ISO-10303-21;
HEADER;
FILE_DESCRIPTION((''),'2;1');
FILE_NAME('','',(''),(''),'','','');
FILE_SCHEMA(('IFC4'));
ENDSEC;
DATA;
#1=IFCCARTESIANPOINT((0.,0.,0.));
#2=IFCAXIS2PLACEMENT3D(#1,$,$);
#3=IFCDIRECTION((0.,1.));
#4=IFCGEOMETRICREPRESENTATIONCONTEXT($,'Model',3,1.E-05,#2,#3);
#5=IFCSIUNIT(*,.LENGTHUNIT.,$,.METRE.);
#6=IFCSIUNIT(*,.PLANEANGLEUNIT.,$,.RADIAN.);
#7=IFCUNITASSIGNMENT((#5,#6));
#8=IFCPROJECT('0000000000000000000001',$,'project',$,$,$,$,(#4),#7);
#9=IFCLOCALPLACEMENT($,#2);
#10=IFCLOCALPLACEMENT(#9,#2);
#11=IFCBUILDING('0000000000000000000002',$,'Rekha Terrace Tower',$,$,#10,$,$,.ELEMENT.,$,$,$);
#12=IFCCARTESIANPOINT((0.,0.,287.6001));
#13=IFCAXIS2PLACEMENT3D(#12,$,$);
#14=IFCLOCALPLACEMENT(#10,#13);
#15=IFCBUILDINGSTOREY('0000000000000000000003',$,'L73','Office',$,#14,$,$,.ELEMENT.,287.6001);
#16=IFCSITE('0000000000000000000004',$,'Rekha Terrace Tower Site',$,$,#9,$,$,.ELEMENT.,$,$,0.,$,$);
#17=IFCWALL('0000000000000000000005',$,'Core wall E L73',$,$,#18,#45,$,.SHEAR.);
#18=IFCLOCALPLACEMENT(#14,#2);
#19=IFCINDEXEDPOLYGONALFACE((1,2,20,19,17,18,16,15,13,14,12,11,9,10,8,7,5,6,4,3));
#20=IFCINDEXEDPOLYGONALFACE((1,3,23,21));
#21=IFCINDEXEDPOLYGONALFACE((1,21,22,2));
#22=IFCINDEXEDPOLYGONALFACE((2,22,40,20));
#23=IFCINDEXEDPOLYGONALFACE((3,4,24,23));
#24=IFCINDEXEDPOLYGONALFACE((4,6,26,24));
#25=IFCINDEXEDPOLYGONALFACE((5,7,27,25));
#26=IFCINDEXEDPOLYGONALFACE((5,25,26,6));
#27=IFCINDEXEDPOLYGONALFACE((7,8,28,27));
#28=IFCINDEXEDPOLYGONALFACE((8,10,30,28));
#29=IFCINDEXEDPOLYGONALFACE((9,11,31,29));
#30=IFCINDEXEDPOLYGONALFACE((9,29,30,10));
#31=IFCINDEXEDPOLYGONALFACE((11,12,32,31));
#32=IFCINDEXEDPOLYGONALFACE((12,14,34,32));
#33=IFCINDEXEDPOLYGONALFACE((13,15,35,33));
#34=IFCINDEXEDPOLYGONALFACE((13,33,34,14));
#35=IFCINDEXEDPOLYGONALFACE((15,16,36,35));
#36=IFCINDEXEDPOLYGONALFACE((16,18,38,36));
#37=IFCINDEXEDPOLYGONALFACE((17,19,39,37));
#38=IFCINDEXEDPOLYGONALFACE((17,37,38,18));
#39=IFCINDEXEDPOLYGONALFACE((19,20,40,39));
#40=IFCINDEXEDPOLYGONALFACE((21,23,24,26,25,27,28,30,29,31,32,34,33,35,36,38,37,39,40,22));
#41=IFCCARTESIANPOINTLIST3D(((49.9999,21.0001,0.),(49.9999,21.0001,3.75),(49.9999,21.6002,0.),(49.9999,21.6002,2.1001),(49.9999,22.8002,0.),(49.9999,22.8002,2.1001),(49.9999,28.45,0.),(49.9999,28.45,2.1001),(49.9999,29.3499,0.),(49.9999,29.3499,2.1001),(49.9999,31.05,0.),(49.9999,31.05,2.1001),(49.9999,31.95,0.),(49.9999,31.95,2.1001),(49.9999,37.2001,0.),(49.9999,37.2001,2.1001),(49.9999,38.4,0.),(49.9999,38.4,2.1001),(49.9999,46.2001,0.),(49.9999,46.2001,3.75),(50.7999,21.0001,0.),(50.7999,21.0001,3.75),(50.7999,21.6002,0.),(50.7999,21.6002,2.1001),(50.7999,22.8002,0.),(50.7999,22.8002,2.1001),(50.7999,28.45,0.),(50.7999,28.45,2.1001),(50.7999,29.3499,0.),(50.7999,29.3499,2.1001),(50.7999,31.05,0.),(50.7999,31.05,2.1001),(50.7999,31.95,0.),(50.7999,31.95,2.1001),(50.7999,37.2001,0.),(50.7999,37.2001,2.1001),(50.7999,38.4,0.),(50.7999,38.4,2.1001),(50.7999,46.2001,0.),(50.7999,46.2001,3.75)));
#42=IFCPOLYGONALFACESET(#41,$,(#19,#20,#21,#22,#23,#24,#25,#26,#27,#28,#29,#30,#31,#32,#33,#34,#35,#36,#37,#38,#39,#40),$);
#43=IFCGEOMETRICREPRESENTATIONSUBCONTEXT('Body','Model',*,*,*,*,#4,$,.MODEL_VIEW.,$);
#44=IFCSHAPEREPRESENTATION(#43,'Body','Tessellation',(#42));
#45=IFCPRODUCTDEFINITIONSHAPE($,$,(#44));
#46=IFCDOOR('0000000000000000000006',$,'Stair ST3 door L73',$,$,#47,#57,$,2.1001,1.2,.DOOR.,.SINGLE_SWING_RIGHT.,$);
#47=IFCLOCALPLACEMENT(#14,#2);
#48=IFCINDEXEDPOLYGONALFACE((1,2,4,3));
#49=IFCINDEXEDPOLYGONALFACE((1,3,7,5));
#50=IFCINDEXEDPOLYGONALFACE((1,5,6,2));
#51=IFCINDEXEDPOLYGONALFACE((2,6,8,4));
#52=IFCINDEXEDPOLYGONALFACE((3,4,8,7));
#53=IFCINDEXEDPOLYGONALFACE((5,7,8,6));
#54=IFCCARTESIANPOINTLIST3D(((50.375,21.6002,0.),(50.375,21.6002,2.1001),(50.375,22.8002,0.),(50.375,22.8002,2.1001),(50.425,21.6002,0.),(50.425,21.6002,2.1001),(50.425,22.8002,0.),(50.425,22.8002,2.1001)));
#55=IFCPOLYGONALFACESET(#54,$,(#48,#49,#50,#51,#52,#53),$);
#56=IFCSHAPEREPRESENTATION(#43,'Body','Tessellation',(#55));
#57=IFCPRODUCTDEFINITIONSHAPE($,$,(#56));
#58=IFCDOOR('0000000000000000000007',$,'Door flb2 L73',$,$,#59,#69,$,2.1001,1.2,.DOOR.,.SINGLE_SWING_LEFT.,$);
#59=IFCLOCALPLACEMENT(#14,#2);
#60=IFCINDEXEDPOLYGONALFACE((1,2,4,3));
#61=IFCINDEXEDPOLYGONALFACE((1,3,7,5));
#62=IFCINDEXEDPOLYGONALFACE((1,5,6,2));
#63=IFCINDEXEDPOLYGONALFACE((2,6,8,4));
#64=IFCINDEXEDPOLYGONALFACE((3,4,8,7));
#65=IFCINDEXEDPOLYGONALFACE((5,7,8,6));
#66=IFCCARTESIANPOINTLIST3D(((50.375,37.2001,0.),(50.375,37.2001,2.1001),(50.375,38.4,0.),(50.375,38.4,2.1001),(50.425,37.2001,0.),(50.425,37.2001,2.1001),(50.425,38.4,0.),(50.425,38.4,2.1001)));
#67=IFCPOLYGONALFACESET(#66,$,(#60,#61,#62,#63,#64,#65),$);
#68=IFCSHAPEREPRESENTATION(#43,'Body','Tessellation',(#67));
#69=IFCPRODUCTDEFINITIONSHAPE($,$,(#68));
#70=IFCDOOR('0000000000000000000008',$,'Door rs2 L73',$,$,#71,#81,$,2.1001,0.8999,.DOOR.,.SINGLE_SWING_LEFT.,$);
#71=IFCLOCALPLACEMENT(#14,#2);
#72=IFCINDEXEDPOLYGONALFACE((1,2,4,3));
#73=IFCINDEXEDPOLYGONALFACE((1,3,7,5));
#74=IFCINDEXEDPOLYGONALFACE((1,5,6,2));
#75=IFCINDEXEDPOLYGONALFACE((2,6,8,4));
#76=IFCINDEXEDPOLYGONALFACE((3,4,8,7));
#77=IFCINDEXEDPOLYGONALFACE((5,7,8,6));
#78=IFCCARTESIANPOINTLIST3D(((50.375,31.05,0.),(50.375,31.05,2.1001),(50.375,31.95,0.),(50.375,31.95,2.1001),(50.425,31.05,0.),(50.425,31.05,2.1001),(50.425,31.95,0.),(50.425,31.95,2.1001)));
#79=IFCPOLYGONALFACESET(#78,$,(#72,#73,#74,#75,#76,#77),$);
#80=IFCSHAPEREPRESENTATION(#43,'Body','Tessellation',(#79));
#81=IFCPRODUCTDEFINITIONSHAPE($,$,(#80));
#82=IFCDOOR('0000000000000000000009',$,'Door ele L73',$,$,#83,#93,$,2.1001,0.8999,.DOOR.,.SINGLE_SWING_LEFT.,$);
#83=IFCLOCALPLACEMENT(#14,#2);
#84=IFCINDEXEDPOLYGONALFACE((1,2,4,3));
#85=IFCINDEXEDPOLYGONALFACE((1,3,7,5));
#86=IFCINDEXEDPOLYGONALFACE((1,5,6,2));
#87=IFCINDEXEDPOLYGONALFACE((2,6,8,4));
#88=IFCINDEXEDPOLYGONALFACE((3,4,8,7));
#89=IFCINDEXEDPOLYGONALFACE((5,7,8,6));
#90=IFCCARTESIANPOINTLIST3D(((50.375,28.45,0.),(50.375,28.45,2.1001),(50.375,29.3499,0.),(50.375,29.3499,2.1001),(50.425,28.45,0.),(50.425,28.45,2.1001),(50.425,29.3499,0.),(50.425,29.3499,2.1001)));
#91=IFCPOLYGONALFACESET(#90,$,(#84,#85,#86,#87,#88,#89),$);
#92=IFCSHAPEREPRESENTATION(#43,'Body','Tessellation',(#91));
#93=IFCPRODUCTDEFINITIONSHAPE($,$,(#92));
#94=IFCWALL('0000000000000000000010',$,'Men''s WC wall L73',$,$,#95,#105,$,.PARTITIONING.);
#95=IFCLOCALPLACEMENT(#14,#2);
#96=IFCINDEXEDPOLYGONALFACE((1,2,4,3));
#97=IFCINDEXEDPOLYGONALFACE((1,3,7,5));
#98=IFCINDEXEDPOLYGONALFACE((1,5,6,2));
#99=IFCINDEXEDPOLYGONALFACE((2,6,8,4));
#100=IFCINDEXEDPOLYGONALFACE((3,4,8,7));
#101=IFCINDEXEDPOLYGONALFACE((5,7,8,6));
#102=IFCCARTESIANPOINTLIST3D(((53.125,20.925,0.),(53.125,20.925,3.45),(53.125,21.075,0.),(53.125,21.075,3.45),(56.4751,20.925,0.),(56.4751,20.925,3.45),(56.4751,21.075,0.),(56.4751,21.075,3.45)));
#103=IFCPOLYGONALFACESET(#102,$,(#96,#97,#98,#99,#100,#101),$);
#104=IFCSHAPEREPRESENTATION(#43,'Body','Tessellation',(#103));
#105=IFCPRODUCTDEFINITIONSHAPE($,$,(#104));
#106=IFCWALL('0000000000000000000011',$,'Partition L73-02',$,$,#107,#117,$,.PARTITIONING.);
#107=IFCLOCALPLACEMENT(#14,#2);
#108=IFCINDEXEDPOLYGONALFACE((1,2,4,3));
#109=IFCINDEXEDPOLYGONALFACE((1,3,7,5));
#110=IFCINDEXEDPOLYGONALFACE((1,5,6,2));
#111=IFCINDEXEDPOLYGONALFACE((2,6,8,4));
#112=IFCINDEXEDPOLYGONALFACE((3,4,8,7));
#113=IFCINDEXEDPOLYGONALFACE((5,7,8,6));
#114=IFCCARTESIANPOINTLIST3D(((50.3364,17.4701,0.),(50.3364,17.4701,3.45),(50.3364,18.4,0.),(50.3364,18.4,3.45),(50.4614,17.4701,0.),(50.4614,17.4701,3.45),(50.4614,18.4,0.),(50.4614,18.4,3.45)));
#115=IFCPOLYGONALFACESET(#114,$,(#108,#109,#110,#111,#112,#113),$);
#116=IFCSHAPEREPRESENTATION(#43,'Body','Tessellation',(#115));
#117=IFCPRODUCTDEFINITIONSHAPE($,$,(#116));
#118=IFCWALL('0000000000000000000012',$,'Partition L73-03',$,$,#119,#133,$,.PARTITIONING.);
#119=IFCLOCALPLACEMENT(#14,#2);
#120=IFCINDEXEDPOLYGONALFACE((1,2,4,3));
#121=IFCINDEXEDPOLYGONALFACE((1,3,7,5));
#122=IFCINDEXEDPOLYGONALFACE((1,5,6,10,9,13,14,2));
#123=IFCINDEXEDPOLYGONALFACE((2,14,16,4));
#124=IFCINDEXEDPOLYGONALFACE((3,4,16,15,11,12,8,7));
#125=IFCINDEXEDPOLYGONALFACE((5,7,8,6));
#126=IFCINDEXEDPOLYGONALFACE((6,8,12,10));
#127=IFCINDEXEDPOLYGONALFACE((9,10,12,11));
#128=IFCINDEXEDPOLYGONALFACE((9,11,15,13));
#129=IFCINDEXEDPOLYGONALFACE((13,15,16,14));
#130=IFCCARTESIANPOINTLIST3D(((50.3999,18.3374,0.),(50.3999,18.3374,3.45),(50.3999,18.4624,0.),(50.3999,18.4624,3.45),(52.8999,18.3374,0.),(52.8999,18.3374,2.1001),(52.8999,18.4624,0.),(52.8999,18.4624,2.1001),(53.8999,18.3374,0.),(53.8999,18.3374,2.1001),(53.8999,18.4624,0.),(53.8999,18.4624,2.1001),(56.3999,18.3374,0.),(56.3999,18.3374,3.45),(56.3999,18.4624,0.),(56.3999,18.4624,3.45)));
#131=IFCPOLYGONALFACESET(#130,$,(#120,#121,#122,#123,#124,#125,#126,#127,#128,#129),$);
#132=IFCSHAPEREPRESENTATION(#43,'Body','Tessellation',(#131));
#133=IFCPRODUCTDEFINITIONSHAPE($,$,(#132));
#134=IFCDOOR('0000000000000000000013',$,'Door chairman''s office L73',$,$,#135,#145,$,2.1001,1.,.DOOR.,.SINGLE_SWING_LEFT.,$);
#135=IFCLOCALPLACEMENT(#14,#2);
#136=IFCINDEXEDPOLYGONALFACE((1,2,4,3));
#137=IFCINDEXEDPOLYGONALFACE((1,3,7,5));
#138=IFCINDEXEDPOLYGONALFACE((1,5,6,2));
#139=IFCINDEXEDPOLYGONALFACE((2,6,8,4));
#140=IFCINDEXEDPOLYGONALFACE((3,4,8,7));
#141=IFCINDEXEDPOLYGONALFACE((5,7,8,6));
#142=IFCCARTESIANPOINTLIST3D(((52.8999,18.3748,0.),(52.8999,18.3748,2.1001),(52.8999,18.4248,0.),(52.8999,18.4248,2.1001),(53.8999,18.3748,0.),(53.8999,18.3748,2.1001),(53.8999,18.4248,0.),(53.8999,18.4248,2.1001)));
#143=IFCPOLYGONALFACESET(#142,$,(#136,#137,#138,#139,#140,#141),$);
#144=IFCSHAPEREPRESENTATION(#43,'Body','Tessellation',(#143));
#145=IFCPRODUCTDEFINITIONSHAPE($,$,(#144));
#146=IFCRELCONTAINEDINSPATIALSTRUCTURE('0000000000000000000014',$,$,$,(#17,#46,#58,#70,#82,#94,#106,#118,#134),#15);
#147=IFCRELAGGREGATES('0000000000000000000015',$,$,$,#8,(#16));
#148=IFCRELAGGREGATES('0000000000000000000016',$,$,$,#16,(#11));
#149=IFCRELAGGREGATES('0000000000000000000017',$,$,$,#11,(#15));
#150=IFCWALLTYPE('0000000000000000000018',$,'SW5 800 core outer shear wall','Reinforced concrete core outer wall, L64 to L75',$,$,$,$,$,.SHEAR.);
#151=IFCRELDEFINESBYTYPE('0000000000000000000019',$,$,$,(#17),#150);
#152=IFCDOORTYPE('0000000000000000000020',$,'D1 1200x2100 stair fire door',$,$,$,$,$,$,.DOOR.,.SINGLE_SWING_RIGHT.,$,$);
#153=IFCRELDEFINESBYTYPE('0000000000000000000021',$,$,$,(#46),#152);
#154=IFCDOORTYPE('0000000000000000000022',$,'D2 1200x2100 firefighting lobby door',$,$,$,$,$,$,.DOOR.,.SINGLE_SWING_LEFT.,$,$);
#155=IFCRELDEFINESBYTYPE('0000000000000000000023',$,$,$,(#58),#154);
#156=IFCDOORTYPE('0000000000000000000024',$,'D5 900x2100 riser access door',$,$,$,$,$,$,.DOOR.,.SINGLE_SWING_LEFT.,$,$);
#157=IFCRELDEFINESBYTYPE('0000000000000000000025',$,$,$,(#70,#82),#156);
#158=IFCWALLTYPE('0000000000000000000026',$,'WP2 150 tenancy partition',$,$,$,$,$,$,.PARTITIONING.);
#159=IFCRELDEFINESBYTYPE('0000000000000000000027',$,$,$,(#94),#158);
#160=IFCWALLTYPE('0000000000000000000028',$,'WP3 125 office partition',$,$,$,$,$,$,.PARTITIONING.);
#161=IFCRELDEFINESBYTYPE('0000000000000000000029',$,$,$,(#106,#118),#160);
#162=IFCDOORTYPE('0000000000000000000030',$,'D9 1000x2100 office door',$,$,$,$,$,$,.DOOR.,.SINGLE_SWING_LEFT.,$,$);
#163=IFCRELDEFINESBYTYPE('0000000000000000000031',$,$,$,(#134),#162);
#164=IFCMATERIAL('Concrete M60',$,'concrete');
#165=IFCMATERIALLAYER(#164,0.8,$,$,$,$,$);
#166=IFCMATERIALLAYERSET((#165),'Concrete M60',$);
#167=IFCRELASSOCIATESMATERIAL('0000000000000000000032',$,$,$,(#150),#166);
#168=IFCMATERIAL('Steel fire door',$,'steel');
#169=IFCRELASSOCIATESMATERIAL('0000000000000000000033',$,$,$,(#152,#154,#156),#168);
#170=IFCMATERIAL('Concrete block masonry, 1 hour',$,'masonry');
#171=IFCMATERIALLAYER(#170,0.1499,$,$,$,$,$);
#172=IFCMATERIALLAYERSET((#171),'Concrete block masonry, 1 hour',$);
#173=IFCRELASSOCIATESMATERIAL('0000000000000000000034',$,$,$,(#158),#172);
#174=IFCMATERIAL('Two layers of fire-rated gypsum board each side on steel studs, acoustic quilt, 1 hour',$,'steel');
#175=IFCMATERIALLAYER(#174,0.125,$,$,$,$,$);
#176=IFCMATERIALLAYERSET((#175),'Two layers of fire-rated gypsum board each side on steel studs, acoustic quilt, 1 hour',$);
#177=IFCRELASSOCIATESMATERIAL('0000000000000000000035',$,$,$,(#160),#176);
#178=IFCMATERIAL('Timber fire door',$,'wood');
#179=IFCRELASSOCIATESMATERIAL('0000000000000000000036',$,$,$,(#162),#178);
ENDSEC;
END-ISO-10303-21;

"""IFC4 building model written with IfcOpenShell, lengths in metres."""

from ifc_helpers import new_model, si_unit, direction, frame, frame_2d, origin, place, context, subcontext, project, spatial, rectangle, extrude, material, layer, layer_set, type_object, element, fill, save


model = new_model("IFC4")

# Units and contexts
model_context = context("Model", 3, precision=1e-05, world=origin(), true_north=direction((0.0, 1.0)))
body_context = subcontext(model_context, "Body", "Model", "MODEL_VIEW")
ifc_project = project(units=[si_unit("LENGTHUNIT", "METRE"), si_unit("PLANEANGLEUNIT", "RADIAN")], contexts=[model_context])

# Site, building, storey
site_placement = place(None, origin())
site = spatial("IfcSite", under=ifc_project, at=site_placement, Name="Rekha Terrace Tower Site", CompositionType="ELEMENT", RefElevation=0.0)
building_placement = place(site_placement, origin())
building = spatial("IfcBuilding", under=site, at=building_placement, Name="Rekha Terrace Tower", CompositionType="ELEMENT")
storey_placement = place(building_placement, frame((0.0, 0.0, 287.6001)))
storey = spatial("IfcBuildingStorey", under=building, at=storey_placement, Name="L73", Description="Office", CompositionType="ELEMENT", Elevation=287.6001)

# Shared definitions
ifc_material_1 = material(Name="Concrete M60", Category="concrete")

# Wall, openings, doors
ifc_layer_1 = layer(ifc_material_1, 0.8)
ifc_layer_set_1 = layer_set([ifc_layer_1], Name="Concrete M60")
wall_type_1 = type_object("IfcWallType", Name="SW5 800 core outer shear wall", Description="Reinforced concrete core outer wall, L64 to L75", PredefinedType="SHEAR", material=ifc_layer_set_1)
wall_1_placement = place(storey_placement, frame((50.3999, 21.0, 0.0), z_axis=(0.0, 0.0, 1.0), x_axis=(0.0, 1.0, 0.0)))
wall_1 = element("IfcWall", 1, at=wall_1_placement, inside=storey, type_object=wall_type_1, Name="Core wall E L73", PredefinedType="SHEAR", context=body_context, shape_type="SweptSolid", body=[
    extrude(rectangle(XDim=25.2, YDim=0.8, at=frame_2d((12.6001, 0.0))), origin(), (0.0, 0.0, 1.0), 3.75),
])
opening_1_placement = place(wall_1_placement, frame((16.2, 0.0, 0.0)))
opening_1 = element("IfcOpeningElement", 2, at=opening_1_placement, cuts=wall_1, PredefinedType="OPENING", context=body_context, shape_type="SweptSolid", body=[
    extrude(rectangle(XDim=1.2, YDim=2.1001, at=frame_2d((0.6001, 1.05))), frame((0.0, 0.4099, 0.0), z_axis=(0.0, -1.0, 0.0), x_axis=(1.0, 0.0, 0.0)), (0.0, 0.0, 1.0), 0.8201),
])
opening_2_placement = place(wall_1_placement, frame((10.05, 0.0, 0.0)))
opening_2 = element("IfcOpeningElement", 3, at=opening_2_placement, cuts=wall_1, PredefinedType="OPENING", context=body_context, shape_type="SweptSolid", body=[
    extrude(rectangle(XDim=0.8999, YDim=2.1001, at=frame_2d((0.45, 1.05))), frame((0.0, 0.4099, 0.0), z_axis=(0.0, -1.0, 0.0), x_axis=(1.0, 0.0, 0.0)), (0.0, 0.0, 1.0), 0.8201),
])
opening_3_placement = place(wall_1_placement, frame((7.45, 0.0, 0.0)))
opening_3 = element("IfcOpeningElement", 4, at=opening_3_placement, cuts=wall_1, PredefinedType="OPENING", context=body_context, shape_type="SweptSolid", body=[
    extrude(rectangle(XDim=0.8999, YDim=2.1001, at=frame_2d((0.45, 1.05))), frame((0.0, 0.4099, 0.0), z_axis=(0.0, -1.0, 0.0), x_axis=(1.0, 0.0, 0.0)), (0.0, 0.0, 1.0), 0.8201),
])
opening_4_placement = place(wall_1_placement, frame((0.6001, 0.0, 0.0)))
opening_4 = element("IfcOpeningElement", 5, at=opening_4_placement, cuts=wall_1, PredefinedType="OPENING", context=body_context, shape_type="SweptSolid", body=[
    extrude(rectangle(XDim=1.2, YDim=2.1001, at=frame_2d((0.6001, 1.05))), frame((0.0, 0.4099, 0.0), z_axis=(0.0, -1.0, 0.0), x_axis=(1.0, 0.0, 0.0)), (0.0, 0.0, 1.0), 0.8201),
])
ifc_material_2 = material(Name="Steel fire door", Category="steel")
door_type_1 = type_object("IfcDoorType", Name="D1 1200x2100 stair fire door", OperationType="SINGLE_SWING_RIGHT", PredefinedType="DOOR", material=ifc_material_2)
door_1_placement = place(opening_4_placement, origin())
door_1 = element("IfcDoor", 6, at=door_1_placement, inside=storey, type_object=door_type_1, Name="Stair ST3 door L73", OperationType="SINGLE_SWING_RIGHT", OverallHeight=2.1001, OverallWidth=1.2, PredefinedType="DOOR", context=body_context, shape_type="SweptSolid", body=[
    extrude(rectangle(XDim=1.2, YDim=2.1001, at=frame_2d((0.6001, 1.05))), frame((0.0, 0.0249, 0.0), z_axis=(0.0, -1.0, 0.0), x_axis=(1.0, 0.0, 0.0)), (0.0, 0.0, 1.0), 0.05),
])
fill(opening_4, door_1)
door_type_2 = type_object("IfcDoorType", Name="D2 1200x2100 firefighting lobby door", OperationType="SINGLE_SWING_LEFT", PredefinedType="DOOR", material=ifc_material_2)
door_2_placement = place(opening_1_placement, origin())
door_2 = element("IfcDoor", 7, at=door_2_placement, inside=storey, type_object=door_type_2, Name="Door flb2 L73", OperationType="SINGLE_SWING_LEFT", OverallHeight=2.1001, OverallWidth=1.2, PredefinedType="DOOR", context=body_context, shape_type="SweptSolid", body=[
    extrude(rectangle(XDim=1.2, YDim=2.1001, at=frame_2d((0.6001, 1.05))), frame((0.0, 0.0249, 0.0), z_axis=(0.0, -1.0, 0.0), x_axis=(1.0, 0.0, 0.0)), (0.0, 0.0, 1.0), 0.05),
])
fill(opening_1, door_2)
door_type_3 = type_object("IfcDoorType", Name="D5 900x2100 riser access door", OperationType="SINGLE_SWING_LEFT", PredefinedType="DOOR", material=ifc_material_2)
door_3_placement = place(opening_2_placement, origin())
door_3 = element("IfcDoor", 8, at=door_3_placement, inside=storey, type_object=door_type_3, Name="Door rs2 L73", OperationType="SINGLE_SWING_LEFT", OverallHeight=2.1001, OverallWidth=0.8999, PredefinedType="DOOR", context=body_context, shape_type="SweptSolid", body=[
    extrude(rectangle(XDim=0.8999, YDim=2.1001, at=frame_2d((0.45, 1.05))), frame((0.0, 0.0249, 0.0), z_axis=(0.0, -1.0, 0.0), x_axis=(1.0, 0.0, 0.0)), (0.0, 0.0, 1.0), 0.05),
])
fill(opening_2, door_3)
door_4_placement = place(opening_3_placement, origin())
door_4 = element("IfcDoor", 9, at=door_4_placement, inside=storey, type_object=door_type_3, Name="Door ele L73", OperationType="SINGLE_SWING_LEFT", OverallHeight=2.1001, OverallWidth=0.8999, PredefinedType="DOOR", context=body_context, shape_type="SweptSolid", body=[
    extrude(rectangle(XDim=0.8999, YDim=2.1001, at=frame_2d((0.45, 1.05))), frame((0.0, 0.0249, 0.0), z_axis=(0.0, -1.0, 0.0), x_axis=(1.0, 0.0, 0.0)), (0.0, 0.0, 1.0), 0.05),
])
fill(opening_3, door_4)

# Walls
ifc_material_3 = material(Name="Concrete block masonry, 1 hour", Category="masonry")
ifc_layer_2 = layer(ifc_material_3, 0.1499)
ifc_layer_set_2 = layer_set([ifc_layer_2], Name="Concrete block masonry, 1 hour")
wall_type_2 = type_object("IfcWallType", Name="WP2 150 tenancy partition", PredefinedType="PARTITIONING", material=ifc_layer_set_2)
wall_2_placement = place(storey_placement, frame((53.125, 21.0, 0.0), z_axis=(0.0, 0.0, 1.0), x_axis=(1.0, 0.0, 0.0)))
element("IfcWall", 10, at=wall_2_placement, inside=storey, type_object=wall_type_2, Name="Men's WC wall L73", PredefinedType="PARTITIONING", context=body_context, shape_type="SweptSolid", body=[
    extrude(rectangle(XDim=3.3501, YDim=0.1499, at=frame_2d((1.675, 0.0))), origin(), (0.0, 0.0, 1.0), 3.45),
])
ifc_material_4 = material(Name="Two layers of fire-rated gypsum board each side on steel studs, acoustic quilt, 1 hour", Category="steel")
ifc_layer_3 = layer(ifc_material_4, 0.125)
ifc_layer_set_3 = layer_set([ifc_layer_3], Name="Two layers of fire-rated gypsum board each side on steel studs, acoustic quilt, 1 hour")
wall_type_3 = type_object("IfcWallType", Name="WP3 125 office partition", PredefinedType="PARTITIONING", material=ifc_layer_set_3)
wall_3_placement = place(storey_placement, frame((50.3989, 18.3999, 0.0), z_axis=(0.0, 0.0, 1.0), x_axis=(0.0, -1.0, 0.0)))
element("IfcWall", 11, at=wall_3_placement, inside=storey, type_object=wall_type_3, Name="Partition L73-02", PredefinedType="PARTITIONING", context=body_context, shape_type="SweptSolid", body=[
    extrude(rectangle(XDim=0.9299, YDim=0.125, at=frame_2d((0.4648, 0.0))), origin(), (0.0, 0.0, 1.0), 3.45),
])

# Wall, opening, door
wall_4_placement = place(storey_placement, frame((50.3999, 18.3999, 0.0), z_axis=(0.0, 0.0, 1.0), x_axis=(1.0, 0.0, 0.0)))
wall_4 = element("IfcWall", 12, at=wall_4_placement, inside=storey, type_object=wall_type_3, Name="Partition L73-03", PredefinedType="PARTITIONING", context=body_context, shape_type="SweptSolid", body=[
    extrude(rectangle(XDim=6.0, YDim=0.125, at=frame_2d((3.0, 0.0))), origin(), (0.0, 0.0, 1.0), 3.45),
])
opening_5_placement = place(wall_4_placement, frame((2.5, 0.0, 0.0)))
opening_5 = element("IfcOpeningElement", 13, at=opening_5_placement, cuts=wall_4, PredefinedType="OPENING", context=body_context, shape_type="SweptSolid", body=[
    extrude(rectangle(XDim=1.0, YDim=2.1001, at=frame_2d((0.5, 1.05))), frame((0.0, 0.0725, 0.0), z_axis=(0.0, -1.0, 0.0), x_axis=(1.0, 0.0, 0.0)), (0.0, 0.0, 1.0), 0.145),
])
ifc_material_5 = material(Name="Timber fire door", Category="wood")
door_type_4 = type_object("IfcDoorType", Name="D9 1000x2100 office door", OperationType="SINGLE_SWING_LEFT", PredefinedType="DOOR", material=ifc_material_5)
door_5_placement = place(opening_5_placement, origin())
door_5 = element("IfcDoor", 14, at=door_5_placement, inside=storey, type_object=door_type_4, Name="Door chairman's office L73", OperationType="SINGLE_SWING_LEFT", OverallHeight=2.1001, OverallWidth=1.0, PredefinedType="DOOR", context=body_context, shape_type="SweptSolid", body=[
    extrude(rectangle(XDim=1.0, YDim=2.1001, at=frame_2d((0.5, 1.05))), frame((0.0, 0.0249, 0.0), z_axis=(0.0, -1.0, 0.0), x_axis=(1.0, 0.0, 0.0)), (0.0, 0.0, 1.0), 0.05),
])
fill(opening_5, door_5)

save(model, "model.ifc")
